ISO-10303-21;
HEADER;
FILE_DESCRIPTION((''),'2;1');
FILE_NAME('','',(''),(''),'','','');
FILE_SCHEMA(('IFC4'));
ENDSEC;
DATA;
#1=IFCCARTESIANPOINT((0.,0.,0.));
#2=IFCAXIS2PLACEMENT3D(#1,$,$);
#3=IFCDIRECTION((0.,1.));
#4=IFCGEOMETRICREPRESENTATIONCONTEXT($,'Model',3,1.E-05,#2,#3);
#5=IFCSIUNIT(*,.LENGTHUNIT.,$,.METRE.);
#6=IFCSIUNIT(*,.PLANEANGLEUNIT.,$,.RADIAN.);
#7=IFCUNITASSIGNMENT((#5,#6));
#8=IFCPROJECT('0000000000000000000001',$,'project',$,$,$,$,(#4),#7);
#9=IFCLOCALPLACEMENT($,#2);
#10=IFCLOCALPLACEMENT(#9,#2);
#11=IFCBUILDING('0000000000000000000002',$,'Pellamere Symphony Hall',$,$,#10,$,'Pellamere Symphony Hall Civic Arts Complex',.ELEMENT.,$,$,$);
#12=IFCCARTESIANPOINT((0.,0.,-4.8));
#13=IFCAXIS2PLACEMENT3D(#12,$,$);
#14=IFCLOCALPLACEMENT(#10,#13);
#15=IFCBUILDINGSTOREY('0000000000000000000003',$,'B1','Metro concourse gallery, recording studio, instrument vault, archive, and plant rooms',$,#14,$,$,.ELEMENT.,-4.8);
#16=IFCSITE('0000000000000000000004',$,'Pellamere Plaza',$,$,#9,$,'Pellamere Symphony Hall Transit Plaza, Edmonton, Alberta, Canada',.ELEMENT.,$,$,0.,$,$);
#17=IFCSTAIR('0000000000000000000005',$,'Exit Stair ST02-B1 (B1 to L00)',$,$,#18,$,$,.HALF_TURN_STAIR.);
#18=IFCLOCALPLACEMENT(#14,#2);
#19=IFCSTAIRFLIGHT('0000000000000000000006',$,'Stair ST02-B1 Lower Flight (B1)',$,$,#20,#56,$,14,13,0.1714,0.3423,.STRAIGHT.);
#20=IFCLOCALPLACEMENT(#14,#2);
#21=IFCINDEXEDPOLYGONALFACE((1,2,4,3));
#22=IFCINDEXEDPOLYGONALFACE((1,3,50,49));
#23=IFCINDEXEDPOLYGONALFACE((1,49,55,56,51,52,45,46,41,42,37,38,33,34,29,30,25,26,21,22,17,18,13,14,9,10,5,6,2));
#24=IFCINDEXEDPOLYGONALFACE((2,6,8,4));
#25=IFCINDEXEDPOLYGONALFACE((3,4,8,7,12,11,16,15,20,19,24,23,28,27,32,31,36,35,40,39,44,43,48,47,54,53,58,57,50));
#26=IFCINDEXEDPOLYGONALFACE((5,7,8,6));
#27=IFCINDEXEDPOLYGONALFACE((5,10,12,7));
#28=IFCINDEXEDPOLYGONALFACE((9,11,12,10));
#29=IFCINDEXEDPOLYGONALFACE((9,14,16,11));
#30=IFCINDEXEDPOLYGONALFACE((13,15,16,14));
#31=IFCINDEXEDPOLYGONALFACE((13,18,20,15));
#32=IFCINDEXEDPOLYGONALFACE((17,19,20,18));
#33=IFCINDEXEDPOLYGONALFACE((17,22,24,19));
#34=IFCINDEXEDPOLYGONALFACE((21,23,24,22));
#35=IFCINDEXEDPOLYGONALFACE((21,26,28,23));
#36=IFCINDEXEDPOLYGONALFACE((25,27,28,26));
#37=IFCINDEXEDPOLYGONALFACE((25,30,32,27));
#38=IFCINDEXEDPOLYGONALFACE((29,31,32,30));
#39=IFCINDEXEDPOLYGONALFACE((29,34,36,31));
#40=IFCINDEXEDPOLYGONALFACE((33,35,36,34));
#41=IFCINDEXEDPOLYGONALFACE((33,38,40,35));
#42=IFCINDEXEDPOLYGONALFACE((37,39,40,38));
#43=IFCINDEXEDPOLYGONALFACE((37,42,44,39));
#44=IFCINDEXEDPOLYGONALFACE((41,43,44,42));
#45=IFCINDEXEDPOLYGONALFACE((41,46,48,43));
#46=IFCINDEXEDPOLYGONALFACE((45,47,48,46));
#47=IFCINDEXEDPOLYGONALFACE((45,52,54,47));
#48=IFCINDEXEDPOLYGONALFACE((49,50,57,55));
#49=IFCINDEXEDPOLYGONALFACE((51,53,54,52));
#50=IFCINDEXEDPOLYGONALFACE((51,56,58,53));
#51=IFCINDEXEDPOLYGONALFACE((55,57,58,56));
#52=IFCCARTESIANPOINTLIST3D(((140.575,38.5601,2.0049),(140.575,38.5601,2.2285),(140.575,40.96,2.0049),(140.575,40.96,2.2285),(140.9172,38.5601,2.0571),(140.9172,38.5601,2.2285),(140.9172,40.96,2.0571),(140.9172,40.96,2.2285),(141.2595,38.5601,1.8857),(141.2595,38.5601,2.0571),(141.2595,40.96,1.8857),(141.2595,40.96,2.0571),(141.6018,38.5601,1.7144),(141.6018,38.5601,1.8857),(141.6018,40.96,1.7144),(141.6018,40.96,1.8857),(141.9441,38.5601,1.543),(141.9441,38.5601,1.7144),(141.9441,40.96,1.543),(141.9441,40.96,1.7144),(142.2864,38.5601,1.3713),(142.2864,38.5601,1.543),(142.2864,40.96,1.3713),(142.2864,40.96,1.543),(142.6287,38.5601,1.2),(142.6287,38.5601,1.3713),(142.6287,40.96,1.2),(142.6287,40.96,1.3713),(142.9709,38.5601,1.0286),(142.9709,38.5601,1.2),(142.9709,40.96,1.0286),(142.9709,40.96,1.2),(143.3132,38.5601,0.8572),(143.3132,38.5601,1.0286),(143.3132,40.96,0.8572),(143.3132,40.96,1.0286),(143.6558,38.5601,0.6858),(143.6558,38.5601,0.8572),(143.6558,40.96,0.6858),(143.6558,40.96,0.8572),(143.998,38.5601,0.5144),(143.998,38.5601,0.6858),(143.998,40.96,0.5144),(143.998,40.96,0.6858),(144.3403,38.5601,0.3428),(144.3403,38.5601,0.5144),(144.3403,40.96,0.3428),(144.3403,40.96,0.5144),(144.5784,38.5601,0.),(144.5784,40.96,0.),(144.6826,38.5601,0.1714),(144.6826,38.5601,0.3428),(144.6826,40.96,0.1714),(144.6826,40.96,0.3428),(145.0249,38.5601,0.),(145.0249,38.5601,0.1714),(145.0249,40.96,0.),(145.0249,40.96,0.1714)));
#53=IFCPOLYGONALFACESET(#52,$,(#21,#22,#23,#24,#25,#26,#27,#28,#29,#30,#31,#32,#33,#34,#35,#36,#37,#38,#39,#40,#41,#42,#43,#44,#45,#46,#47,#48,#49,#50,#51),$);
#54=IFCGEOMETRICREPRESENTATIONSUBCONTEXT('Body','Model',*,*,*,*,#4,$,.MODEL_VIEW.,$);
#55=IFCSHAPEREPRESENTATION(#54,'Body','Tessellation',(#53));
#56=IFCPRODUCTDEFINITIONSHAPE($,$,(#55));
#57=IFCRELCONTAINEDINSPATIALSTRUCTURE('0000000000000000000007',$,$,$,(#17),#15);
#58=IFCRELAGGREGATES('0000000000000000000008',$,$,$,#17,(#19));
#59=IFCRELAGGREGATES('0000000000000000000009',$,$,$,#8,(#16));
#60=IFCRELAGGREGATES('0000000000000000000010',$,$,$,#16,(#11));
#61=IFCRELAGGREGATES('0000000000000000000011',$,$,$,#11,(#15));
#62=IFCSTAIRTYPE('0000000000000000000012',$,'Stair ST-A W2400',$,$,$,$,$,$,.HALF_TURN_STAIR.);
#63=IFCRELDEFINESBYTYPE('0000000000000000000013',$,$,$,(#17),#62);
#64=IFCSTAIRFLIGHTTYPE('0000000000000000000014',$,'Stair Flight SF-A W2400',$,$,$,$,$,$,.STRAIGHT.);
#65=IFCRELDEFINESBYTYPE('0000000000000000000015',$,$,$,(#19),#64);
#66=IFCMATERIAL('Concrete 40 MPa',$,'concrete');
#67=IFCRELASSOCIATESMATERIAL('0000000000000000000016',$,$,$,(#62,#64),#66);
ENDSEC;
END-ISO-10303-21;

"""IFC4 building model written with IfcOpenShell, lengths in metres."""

from ifc_helpers import new_model, si_unit, direction, frame, origin, place, context, subcontext, project, spatial, polyline, outline, extrude, material, type_object, element, aggregate, save


model = new_model("IFC4")

# Units and contexts
model_context = context("Model", 3, precision=1e-05, world=origin(), true_north=direction((0.0, 1.0)))
body_context = subcontext(model_context, "Body", "Model", "MODEL_VIEW")
ifc_project = project(units=[si_unit("LENGTHUNIT", "METRE"), si_unit("PLANEANGLEUNIT", "RADIAN")], contexts=[model_context])

# Site, building, storey
site_placement = place(None, origin())
site = spatial("IfcSite", under=ifc_project, at=site_placement, Name="Pellamere Plaza", LongName="Pellamere Symphony Hall Transit Plaza, Edmonton, Alberta, Canada", CompositionType="ELEMENT", RefElevation=0.0)
building_placement = place(site_placement, origin())
building = spatial("IfcBuilding", under=site, at=building_placement, Name="Pellamere Symphony Hall", LongName="Pellamere Symphony Hall Civic Arts Complex", CompositionType="ELEMENT")
storey_placement = place(building_placement, frame((0.0, 0.0, -4.8)))
storey = spatial("IfcBuildingStorey", under=building, at=storey_placement, Name="B1", Description="Metro concourse gallery, recording studio, instrument vault, archive, and plant rooms", CompositionType="ELEMENT", Elevation=-4.8)

# Shared definitions
ifc_material_1 = material(Name="Concrete 40 MPa", Category="concrete")

# Stair, stair flight
stair_type = type_object("IfcStairType", Name="Stair ST-A W2400", PredefinedType="HALF_TURN_STAIR", material=ifc_material_1)
stair_placement = place(storey_placement, origin())
stair = element("IfcStair", 1, at=stair_placement, inside=storey, type_object=stair_type, Name="Exit Stair ST02-B1 (B1 to L00)", PredefinedType="HALF_TURN_STAIR")
stair_flight_type = type_object("IfcStairFlightType", Name="Stair Flight SF-A W2400", PredefinedType="STRAIGHT", material=ifc_material_1)
stair_flight_placement = place(storey_placement, frame((145.0249, 39.76, 0.0), z_axis=(0.0, 0.0, 1.0), x_axis=(-1.0, 0.0, 0.0)))
stair_flight = element("IfcStairFlight", 2, at=stair_flight_placement, type_object=stair_flight_type, Name="Stair ST02-B1 Lower Flight (B1)", NumberOfRisers=14, NumberOfTreads=13, PredefinedType="STRAIGHT", RiserHeight=0.1714, TreadLength=0.3423, context=body_context, shape_type="SweptSolid", body=[
    extrude(outline(polyline([(0.0, 0.0), (0.0, 0.1714), (0.3423, 0.1714), (0.3423, 0.3428), (0.6846, 0.3428), (0.6846, 0.5144), (1.0269, 0.5144), (1.0269, 0.6858), (1.3691, 0.6858), (1.3691, 0.8572), (1.7117, 0.8572), (1.7117, 1.0286), (2.054, 1.0286), (2.054, 1.2), (2.3962, 1.2), (2.3962, 1.3713), (2.7385, 1.3713), (2.7385, 1.543), (3.0808, 1.543), (3.0808, 1.7144), (3.4231, 1.7144), (3.4231, 1.8857), (3.7654, 1.8857), (3.7654, 2.0571), (4.1077, 2.0571), (4.1077, 2.2285), (4.45, 2.2285), (4.45, 2.3999), (4.45, 2.0049), (0.4465, 0.0), (0.0, 0.0)])), frame((0.0, 1.2, 0.0), z_axis=(0.0, -1.0, 0.0), x_axis=(1.0, 0.0, 0.0)), (0.0, 0.0, 1.0), 2.3999),
])
aggregate(stair, [stair_flight])

save(model, "model.ifc")
